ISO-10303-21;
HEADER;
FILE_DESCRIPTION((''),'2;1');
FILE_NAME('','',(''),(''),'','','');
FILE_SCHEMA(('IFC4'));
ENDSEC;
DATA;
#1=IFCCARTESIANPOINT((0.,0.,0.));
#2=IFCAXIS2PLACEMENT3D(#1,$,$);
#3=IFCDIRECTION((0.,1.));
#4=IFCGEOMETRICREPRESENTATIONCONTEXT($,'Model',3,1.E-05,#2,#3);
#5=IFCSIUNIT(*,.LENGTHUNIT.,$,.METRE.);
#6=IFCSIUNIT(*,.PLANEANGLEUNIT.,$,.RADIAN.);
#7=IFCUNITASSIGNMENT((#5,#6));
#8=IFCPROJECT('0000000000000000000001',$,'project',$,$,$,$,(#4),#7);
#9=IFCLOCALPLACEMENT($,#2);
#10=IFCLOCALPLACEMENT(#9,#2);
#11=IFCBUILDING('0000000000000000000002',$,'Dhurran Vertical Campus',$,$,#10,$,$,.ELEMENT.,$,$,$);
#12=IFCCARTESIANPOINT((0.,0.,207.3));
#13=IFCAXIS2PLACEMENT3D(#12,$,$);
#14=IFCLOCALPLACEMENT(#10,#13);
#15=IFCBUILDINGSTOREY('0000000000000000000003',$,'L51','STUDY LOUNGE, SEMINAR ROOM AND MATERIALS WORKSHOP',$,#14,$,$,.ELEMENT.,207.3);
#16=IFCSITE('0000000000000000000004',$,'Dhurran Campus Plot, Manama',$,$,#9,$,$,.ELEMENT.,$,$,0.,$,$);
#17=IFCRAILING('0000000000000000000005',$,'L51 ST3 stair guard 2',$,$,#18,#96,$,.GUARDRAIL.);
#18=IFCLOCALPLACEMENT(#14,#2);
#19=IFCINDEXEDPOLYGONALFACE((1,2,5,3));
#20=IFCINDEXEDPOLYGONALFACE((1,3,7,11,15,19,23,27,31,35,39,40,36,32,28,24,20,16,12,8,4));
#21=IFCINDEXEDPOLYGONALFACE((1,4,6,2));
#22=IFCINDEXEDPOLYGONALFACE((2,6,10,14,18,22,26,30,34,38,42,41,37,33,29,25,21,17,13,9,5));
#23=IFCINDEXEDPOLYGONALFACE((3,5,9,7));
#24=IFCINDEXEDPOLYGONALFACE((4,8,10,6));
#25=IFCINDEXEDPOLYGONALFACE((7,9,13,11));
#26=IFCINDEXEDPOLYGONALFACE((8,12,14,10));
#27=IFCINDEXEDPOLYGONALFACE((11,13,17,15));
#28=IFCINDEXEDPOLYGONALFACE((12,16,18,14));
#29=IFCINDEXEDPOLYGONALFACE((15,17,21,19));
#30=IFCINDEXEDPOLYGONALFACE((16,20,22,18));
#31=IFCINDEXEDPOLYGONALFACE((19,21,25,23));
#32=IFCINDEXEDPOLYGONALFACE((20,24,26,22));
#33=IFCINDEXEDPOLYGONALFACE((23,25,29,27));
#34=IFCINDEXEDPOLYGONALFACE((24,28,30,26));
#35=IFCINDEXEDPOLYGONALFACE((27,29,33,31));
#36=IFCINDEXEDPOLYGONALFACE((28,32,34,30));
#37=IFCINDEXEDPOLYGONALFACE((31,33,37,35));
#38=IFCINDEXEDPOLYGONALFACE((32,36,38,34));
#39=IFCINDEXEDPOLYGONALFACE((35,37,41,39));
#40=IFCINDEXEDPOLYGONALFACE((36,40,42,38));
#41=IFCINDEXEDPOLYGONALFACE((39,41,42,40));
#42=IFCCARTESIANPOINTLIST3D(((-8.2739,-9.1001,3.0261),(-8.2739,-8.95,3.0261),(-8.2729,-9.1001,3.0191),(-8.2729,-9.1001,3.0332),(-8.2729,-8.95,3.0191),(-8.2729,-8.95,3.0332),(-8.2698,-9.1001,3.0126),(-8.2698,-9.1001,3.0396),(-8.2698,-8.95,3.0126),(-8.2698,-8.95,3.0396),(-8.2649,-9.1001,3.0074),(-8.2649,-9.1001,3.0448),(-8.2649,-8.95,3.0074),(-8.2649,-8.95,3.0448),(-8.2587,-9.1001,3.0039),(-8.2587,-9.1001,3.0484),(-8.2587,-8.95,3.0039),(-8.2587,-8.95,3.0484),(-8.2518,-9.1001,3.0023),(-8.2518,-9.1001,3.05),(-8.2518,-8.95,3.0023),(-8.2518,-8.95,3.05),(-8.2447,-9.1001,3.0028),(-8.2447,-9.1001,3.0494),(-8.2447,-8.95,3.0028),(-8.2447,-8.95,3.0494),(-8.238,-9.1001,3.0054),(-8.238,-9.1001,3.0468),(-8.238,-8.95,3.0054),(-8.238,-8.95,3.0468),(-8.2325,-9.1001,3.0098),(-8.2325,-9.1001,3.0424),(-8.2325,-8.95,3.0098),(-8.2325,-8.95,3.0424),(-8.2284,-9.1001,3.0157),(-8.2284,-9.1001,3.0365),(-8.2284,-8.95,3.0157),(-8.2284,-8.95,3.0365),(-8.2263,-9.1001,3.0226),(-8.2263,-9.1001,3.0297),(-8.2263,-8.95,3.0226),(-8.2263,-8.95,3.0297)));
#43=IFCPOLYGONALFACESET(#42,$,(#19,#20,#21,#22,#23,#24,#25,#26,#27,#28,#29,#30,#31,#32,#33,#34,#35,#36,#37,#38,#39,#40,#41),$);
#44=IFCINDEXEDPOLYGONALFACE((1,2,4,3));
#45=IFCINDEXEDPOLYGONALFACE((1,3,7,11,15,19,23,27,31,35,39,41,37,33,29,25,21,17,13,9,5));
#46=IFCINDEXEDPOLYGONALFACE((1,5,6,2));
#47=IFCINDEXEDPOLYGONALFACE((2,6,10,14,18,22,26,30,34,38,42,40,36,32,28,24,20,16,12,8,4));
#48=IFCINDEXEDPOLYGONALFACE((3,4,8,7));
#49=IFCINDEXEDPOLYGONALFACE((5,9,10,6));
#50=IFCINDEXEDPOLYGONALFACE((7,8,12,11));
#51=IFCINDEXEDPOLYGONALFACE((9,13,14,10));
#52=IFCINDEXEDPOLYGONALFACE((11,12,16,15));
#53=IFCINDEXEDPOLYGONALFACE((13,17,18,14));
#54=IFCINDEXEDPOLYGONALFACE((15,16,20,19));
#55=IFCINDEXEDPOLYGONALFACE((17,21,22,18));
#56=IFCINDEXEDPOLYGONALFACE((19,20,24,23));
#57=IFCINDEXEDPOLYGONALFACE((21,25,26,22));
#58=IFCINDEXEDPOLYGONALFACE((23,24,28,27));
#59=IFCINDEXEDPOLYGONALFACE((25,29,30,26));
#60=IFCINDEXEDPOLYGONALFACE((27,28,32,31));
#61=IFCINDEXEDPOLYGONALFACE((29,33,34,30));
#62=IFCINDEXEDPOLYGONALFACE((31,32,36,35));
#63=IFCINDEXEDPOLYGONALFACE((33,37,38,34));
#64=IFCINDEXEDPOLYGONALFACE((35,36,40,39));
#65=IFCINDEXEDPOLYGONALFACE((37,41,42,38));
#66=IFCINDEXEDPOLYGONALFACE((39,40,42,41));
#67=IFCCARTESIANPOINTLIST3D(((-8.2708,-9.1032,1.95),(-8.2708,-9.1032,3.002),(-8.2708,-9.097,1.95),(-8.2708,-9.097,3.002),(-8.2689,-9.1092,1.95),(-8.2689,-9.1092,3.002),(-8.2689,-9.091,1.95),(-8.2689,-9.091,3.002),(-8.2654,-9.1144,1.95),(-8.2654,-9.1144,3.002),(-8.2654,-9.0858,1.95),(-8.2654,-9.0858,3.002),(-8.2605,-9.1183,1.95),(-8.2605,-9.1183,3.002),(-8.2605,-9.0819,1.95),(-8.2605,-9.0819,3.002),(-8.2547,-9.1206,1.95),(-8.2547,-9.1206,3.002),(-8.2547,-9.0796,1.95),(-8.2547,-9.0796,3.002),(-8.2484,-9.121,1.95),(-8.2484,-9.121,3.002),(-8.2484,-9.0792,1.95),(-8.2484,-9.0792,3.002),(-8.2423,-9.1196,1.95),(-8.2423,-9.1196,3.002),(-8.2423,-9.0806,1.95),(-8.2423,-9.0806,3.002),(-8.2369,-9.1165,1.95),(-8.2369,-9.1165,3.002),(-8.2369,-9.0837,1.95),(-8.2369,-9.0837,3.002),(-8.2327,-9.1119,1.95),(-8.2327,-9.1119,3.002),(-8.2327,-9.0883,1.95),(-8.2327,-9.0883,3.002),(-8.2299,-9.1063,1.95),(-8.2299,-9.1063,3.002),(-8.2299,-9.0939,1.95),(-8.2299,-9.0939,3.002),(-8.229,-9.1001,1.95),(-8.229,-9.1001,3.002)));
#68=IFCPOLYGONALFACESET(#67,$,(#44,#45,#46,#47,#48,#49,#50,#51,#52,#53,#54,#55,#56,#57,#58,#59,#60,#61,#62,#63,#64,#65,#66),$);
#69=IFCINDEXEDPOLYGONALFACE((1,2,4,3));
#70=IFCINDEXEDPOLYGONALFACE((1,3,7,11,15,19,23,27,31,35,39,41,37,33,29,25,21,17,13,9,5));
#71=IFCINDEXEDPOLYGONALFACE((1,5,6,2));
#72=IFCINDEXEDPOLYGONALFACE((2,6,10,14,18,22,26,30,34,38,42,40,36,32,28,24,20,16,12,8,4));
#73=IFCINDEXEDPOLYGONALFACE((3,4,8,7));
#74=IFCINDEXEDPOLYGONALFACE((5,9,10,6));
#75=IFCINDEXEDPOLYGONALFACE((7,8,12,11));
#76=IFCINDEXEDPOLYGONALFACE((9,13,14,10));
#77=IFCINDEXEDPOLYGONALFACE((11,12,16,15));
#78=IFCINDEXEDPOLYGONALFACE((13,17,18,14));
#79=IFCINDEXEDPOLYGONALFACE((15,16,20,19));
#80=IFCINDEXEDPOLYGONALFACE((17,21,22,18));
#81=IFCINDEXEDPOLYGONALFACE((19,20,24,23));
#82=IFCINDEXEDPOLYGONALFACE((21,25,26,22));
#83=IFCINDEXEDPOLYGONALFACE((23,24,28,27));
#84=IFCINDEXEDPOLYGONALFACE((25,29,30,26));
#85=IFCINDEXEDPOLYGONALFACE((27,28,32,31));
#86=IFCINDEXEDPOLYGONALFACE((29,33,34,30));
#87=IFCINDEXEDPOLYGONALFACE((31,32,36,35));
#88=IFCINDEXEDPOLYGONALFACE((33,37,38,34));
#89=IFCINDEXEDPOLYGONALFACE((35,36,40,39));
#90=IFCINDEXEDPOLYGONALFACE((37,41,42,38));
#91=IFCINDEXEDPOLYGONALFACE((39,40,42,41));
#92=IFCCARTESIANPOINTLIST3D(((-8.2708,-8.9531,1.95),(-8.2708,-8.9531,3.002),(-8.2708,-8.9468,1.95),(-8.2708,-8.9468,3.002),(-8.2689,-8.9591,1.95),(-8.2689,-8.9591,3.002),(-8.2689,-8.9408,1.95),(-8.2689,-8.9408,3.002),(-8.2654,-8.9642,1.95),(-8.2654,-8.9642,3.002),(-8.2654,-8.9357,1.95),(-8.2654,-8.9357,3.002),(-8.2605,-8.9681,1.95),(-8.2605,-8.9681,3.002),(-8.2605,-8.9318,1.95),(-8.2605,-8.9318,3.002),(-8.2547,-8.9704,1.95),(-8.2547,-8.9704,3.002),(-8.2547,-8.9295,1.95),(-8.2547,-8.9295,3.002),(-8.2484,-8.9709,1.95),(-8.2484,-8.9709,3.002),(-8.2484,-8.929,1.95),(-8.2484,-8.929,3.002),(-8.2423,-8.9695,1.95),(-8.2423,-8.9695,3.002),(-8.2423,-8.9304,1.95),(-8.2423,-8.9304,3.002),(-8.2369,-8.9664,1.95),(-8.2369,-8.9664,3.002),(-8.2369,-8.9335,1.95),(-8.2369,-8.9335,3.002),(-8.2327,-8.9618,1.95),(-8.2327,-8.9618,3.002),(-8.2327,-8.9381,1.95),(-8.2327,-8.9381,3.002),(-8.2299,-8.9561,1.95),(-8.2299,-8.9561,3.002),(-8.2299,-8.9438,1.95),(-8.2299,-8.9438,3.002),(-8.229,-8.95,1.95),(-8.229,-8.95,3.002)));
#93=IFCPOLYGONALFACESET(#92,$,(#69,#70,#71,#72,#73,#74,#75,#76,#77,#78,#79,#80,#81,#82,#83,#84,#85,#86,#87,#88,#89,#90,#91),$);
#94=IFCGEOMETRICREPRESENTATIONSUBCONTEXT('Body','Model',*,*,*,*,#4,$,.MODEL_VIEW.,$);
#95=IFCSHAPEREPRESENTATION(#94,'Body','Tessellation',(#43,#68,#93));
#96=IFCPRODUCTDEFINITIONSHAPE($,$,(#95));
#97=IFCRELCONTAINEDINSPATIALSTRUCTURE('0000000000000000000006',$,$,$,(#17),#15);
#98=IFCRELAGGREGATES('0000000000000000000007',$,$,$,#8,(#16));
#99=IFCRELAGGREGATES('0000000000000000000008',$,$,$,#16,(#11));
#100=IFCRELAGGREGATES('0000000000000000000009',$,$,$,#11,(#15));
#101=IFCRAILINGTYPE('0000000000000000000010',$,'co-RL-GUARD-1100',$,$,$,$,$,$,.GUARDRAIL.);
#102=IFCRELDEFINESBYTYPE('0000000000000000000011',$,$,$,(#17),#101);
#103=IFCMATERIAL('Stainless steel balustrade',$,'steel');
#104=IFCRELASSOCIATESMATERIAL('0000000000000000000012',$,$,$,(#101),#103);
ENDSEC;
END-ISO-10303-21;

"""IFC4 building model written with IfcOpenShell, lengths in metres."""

from ifc_helpers import new_model, si_unit, direction, frame, origin, origin_2d, place, context, subcontext, project, spatial, circle, extrude, material, type_object, element, save


model = new_model("IFC4")

# Units and contexts
model_context = context("Model", 3, precision=1e-05, world=origin(), true_north=direction((0.0, 1.0)))
body_context = subcontext(model_context, "Body", "Model", "MODEL_VIEW")
ifc_project = project(units=[si_unit("LENGTHUNIT", "METRE"), si_unit("PLANEANGLEUNIT", "RADIAN")], contexts=[model_context])

# Site, building, storey
site_placement = place(None, origin())
site = spatial("IfcSite", under=ifc_project, at=site_placement, Name="Dhurran Campus Plot, Manama", CompositionType="ELEMENT", RefElevation=0.0)
building_placement = place(site_placement, origin())
building = spatial("IfcBuilding", under=site, at=building_placement, Name="Dhurran Vertical Campus", CompositionType="ELEMENT")
storey_placement = place(building_placement, frame((0.0, 0.0, 207.3)))
storey = spatial("IfcBuildingStorey", under=building, at=storey_placement, Name="L51", Description="STUDY LOUNGE, SEMINAR ROOM AND MATERIALS WORKSHOP", CompositionType="ELEMENT", Elevation=207.3)

# Railing
ifc_material_1 = material(Name="Stainless steel balustrade", Category="steel")
railing_type_1 = type_object("IfcRailingType", Name="co-RL-GUARD-1100", PredefinedType="GUARDRAIL", material=ifc_material_1)
railing_1_placement = place(storey_placement, frame((-8.25, -9.1001, 1.95)))
element("IfcRailing", 1, at=railing_1_placement, inside=storey, type_object=railing_type_1, Name="L51 ST3 stair guard 2", PredefinedType="GUARDRAIL", context=body_context, shape_type="SweptSolid", body=[
    extrude(circle(Radius=0.0239, at=origin_2d()), frame((0.0, 0.0, 1.0762), z_axis=(0.0, 1.0, 0.0), x_axis=(-1.0, 0.0, 0.0)), (0.0, 0.0, 1.0), 0.1501),
    extrude(circle(Radius=0.021, at=origin_2d()), origin(), (0.0, 0.0, 1.0), 1.052),
    extrude(circle(Radius=0.021, at=origin_2d()), frame((0.0, 0.1501, 0.0)), (0.0, 0.0, 1.0), 1.052),
])

save(model, "model.ifc")
